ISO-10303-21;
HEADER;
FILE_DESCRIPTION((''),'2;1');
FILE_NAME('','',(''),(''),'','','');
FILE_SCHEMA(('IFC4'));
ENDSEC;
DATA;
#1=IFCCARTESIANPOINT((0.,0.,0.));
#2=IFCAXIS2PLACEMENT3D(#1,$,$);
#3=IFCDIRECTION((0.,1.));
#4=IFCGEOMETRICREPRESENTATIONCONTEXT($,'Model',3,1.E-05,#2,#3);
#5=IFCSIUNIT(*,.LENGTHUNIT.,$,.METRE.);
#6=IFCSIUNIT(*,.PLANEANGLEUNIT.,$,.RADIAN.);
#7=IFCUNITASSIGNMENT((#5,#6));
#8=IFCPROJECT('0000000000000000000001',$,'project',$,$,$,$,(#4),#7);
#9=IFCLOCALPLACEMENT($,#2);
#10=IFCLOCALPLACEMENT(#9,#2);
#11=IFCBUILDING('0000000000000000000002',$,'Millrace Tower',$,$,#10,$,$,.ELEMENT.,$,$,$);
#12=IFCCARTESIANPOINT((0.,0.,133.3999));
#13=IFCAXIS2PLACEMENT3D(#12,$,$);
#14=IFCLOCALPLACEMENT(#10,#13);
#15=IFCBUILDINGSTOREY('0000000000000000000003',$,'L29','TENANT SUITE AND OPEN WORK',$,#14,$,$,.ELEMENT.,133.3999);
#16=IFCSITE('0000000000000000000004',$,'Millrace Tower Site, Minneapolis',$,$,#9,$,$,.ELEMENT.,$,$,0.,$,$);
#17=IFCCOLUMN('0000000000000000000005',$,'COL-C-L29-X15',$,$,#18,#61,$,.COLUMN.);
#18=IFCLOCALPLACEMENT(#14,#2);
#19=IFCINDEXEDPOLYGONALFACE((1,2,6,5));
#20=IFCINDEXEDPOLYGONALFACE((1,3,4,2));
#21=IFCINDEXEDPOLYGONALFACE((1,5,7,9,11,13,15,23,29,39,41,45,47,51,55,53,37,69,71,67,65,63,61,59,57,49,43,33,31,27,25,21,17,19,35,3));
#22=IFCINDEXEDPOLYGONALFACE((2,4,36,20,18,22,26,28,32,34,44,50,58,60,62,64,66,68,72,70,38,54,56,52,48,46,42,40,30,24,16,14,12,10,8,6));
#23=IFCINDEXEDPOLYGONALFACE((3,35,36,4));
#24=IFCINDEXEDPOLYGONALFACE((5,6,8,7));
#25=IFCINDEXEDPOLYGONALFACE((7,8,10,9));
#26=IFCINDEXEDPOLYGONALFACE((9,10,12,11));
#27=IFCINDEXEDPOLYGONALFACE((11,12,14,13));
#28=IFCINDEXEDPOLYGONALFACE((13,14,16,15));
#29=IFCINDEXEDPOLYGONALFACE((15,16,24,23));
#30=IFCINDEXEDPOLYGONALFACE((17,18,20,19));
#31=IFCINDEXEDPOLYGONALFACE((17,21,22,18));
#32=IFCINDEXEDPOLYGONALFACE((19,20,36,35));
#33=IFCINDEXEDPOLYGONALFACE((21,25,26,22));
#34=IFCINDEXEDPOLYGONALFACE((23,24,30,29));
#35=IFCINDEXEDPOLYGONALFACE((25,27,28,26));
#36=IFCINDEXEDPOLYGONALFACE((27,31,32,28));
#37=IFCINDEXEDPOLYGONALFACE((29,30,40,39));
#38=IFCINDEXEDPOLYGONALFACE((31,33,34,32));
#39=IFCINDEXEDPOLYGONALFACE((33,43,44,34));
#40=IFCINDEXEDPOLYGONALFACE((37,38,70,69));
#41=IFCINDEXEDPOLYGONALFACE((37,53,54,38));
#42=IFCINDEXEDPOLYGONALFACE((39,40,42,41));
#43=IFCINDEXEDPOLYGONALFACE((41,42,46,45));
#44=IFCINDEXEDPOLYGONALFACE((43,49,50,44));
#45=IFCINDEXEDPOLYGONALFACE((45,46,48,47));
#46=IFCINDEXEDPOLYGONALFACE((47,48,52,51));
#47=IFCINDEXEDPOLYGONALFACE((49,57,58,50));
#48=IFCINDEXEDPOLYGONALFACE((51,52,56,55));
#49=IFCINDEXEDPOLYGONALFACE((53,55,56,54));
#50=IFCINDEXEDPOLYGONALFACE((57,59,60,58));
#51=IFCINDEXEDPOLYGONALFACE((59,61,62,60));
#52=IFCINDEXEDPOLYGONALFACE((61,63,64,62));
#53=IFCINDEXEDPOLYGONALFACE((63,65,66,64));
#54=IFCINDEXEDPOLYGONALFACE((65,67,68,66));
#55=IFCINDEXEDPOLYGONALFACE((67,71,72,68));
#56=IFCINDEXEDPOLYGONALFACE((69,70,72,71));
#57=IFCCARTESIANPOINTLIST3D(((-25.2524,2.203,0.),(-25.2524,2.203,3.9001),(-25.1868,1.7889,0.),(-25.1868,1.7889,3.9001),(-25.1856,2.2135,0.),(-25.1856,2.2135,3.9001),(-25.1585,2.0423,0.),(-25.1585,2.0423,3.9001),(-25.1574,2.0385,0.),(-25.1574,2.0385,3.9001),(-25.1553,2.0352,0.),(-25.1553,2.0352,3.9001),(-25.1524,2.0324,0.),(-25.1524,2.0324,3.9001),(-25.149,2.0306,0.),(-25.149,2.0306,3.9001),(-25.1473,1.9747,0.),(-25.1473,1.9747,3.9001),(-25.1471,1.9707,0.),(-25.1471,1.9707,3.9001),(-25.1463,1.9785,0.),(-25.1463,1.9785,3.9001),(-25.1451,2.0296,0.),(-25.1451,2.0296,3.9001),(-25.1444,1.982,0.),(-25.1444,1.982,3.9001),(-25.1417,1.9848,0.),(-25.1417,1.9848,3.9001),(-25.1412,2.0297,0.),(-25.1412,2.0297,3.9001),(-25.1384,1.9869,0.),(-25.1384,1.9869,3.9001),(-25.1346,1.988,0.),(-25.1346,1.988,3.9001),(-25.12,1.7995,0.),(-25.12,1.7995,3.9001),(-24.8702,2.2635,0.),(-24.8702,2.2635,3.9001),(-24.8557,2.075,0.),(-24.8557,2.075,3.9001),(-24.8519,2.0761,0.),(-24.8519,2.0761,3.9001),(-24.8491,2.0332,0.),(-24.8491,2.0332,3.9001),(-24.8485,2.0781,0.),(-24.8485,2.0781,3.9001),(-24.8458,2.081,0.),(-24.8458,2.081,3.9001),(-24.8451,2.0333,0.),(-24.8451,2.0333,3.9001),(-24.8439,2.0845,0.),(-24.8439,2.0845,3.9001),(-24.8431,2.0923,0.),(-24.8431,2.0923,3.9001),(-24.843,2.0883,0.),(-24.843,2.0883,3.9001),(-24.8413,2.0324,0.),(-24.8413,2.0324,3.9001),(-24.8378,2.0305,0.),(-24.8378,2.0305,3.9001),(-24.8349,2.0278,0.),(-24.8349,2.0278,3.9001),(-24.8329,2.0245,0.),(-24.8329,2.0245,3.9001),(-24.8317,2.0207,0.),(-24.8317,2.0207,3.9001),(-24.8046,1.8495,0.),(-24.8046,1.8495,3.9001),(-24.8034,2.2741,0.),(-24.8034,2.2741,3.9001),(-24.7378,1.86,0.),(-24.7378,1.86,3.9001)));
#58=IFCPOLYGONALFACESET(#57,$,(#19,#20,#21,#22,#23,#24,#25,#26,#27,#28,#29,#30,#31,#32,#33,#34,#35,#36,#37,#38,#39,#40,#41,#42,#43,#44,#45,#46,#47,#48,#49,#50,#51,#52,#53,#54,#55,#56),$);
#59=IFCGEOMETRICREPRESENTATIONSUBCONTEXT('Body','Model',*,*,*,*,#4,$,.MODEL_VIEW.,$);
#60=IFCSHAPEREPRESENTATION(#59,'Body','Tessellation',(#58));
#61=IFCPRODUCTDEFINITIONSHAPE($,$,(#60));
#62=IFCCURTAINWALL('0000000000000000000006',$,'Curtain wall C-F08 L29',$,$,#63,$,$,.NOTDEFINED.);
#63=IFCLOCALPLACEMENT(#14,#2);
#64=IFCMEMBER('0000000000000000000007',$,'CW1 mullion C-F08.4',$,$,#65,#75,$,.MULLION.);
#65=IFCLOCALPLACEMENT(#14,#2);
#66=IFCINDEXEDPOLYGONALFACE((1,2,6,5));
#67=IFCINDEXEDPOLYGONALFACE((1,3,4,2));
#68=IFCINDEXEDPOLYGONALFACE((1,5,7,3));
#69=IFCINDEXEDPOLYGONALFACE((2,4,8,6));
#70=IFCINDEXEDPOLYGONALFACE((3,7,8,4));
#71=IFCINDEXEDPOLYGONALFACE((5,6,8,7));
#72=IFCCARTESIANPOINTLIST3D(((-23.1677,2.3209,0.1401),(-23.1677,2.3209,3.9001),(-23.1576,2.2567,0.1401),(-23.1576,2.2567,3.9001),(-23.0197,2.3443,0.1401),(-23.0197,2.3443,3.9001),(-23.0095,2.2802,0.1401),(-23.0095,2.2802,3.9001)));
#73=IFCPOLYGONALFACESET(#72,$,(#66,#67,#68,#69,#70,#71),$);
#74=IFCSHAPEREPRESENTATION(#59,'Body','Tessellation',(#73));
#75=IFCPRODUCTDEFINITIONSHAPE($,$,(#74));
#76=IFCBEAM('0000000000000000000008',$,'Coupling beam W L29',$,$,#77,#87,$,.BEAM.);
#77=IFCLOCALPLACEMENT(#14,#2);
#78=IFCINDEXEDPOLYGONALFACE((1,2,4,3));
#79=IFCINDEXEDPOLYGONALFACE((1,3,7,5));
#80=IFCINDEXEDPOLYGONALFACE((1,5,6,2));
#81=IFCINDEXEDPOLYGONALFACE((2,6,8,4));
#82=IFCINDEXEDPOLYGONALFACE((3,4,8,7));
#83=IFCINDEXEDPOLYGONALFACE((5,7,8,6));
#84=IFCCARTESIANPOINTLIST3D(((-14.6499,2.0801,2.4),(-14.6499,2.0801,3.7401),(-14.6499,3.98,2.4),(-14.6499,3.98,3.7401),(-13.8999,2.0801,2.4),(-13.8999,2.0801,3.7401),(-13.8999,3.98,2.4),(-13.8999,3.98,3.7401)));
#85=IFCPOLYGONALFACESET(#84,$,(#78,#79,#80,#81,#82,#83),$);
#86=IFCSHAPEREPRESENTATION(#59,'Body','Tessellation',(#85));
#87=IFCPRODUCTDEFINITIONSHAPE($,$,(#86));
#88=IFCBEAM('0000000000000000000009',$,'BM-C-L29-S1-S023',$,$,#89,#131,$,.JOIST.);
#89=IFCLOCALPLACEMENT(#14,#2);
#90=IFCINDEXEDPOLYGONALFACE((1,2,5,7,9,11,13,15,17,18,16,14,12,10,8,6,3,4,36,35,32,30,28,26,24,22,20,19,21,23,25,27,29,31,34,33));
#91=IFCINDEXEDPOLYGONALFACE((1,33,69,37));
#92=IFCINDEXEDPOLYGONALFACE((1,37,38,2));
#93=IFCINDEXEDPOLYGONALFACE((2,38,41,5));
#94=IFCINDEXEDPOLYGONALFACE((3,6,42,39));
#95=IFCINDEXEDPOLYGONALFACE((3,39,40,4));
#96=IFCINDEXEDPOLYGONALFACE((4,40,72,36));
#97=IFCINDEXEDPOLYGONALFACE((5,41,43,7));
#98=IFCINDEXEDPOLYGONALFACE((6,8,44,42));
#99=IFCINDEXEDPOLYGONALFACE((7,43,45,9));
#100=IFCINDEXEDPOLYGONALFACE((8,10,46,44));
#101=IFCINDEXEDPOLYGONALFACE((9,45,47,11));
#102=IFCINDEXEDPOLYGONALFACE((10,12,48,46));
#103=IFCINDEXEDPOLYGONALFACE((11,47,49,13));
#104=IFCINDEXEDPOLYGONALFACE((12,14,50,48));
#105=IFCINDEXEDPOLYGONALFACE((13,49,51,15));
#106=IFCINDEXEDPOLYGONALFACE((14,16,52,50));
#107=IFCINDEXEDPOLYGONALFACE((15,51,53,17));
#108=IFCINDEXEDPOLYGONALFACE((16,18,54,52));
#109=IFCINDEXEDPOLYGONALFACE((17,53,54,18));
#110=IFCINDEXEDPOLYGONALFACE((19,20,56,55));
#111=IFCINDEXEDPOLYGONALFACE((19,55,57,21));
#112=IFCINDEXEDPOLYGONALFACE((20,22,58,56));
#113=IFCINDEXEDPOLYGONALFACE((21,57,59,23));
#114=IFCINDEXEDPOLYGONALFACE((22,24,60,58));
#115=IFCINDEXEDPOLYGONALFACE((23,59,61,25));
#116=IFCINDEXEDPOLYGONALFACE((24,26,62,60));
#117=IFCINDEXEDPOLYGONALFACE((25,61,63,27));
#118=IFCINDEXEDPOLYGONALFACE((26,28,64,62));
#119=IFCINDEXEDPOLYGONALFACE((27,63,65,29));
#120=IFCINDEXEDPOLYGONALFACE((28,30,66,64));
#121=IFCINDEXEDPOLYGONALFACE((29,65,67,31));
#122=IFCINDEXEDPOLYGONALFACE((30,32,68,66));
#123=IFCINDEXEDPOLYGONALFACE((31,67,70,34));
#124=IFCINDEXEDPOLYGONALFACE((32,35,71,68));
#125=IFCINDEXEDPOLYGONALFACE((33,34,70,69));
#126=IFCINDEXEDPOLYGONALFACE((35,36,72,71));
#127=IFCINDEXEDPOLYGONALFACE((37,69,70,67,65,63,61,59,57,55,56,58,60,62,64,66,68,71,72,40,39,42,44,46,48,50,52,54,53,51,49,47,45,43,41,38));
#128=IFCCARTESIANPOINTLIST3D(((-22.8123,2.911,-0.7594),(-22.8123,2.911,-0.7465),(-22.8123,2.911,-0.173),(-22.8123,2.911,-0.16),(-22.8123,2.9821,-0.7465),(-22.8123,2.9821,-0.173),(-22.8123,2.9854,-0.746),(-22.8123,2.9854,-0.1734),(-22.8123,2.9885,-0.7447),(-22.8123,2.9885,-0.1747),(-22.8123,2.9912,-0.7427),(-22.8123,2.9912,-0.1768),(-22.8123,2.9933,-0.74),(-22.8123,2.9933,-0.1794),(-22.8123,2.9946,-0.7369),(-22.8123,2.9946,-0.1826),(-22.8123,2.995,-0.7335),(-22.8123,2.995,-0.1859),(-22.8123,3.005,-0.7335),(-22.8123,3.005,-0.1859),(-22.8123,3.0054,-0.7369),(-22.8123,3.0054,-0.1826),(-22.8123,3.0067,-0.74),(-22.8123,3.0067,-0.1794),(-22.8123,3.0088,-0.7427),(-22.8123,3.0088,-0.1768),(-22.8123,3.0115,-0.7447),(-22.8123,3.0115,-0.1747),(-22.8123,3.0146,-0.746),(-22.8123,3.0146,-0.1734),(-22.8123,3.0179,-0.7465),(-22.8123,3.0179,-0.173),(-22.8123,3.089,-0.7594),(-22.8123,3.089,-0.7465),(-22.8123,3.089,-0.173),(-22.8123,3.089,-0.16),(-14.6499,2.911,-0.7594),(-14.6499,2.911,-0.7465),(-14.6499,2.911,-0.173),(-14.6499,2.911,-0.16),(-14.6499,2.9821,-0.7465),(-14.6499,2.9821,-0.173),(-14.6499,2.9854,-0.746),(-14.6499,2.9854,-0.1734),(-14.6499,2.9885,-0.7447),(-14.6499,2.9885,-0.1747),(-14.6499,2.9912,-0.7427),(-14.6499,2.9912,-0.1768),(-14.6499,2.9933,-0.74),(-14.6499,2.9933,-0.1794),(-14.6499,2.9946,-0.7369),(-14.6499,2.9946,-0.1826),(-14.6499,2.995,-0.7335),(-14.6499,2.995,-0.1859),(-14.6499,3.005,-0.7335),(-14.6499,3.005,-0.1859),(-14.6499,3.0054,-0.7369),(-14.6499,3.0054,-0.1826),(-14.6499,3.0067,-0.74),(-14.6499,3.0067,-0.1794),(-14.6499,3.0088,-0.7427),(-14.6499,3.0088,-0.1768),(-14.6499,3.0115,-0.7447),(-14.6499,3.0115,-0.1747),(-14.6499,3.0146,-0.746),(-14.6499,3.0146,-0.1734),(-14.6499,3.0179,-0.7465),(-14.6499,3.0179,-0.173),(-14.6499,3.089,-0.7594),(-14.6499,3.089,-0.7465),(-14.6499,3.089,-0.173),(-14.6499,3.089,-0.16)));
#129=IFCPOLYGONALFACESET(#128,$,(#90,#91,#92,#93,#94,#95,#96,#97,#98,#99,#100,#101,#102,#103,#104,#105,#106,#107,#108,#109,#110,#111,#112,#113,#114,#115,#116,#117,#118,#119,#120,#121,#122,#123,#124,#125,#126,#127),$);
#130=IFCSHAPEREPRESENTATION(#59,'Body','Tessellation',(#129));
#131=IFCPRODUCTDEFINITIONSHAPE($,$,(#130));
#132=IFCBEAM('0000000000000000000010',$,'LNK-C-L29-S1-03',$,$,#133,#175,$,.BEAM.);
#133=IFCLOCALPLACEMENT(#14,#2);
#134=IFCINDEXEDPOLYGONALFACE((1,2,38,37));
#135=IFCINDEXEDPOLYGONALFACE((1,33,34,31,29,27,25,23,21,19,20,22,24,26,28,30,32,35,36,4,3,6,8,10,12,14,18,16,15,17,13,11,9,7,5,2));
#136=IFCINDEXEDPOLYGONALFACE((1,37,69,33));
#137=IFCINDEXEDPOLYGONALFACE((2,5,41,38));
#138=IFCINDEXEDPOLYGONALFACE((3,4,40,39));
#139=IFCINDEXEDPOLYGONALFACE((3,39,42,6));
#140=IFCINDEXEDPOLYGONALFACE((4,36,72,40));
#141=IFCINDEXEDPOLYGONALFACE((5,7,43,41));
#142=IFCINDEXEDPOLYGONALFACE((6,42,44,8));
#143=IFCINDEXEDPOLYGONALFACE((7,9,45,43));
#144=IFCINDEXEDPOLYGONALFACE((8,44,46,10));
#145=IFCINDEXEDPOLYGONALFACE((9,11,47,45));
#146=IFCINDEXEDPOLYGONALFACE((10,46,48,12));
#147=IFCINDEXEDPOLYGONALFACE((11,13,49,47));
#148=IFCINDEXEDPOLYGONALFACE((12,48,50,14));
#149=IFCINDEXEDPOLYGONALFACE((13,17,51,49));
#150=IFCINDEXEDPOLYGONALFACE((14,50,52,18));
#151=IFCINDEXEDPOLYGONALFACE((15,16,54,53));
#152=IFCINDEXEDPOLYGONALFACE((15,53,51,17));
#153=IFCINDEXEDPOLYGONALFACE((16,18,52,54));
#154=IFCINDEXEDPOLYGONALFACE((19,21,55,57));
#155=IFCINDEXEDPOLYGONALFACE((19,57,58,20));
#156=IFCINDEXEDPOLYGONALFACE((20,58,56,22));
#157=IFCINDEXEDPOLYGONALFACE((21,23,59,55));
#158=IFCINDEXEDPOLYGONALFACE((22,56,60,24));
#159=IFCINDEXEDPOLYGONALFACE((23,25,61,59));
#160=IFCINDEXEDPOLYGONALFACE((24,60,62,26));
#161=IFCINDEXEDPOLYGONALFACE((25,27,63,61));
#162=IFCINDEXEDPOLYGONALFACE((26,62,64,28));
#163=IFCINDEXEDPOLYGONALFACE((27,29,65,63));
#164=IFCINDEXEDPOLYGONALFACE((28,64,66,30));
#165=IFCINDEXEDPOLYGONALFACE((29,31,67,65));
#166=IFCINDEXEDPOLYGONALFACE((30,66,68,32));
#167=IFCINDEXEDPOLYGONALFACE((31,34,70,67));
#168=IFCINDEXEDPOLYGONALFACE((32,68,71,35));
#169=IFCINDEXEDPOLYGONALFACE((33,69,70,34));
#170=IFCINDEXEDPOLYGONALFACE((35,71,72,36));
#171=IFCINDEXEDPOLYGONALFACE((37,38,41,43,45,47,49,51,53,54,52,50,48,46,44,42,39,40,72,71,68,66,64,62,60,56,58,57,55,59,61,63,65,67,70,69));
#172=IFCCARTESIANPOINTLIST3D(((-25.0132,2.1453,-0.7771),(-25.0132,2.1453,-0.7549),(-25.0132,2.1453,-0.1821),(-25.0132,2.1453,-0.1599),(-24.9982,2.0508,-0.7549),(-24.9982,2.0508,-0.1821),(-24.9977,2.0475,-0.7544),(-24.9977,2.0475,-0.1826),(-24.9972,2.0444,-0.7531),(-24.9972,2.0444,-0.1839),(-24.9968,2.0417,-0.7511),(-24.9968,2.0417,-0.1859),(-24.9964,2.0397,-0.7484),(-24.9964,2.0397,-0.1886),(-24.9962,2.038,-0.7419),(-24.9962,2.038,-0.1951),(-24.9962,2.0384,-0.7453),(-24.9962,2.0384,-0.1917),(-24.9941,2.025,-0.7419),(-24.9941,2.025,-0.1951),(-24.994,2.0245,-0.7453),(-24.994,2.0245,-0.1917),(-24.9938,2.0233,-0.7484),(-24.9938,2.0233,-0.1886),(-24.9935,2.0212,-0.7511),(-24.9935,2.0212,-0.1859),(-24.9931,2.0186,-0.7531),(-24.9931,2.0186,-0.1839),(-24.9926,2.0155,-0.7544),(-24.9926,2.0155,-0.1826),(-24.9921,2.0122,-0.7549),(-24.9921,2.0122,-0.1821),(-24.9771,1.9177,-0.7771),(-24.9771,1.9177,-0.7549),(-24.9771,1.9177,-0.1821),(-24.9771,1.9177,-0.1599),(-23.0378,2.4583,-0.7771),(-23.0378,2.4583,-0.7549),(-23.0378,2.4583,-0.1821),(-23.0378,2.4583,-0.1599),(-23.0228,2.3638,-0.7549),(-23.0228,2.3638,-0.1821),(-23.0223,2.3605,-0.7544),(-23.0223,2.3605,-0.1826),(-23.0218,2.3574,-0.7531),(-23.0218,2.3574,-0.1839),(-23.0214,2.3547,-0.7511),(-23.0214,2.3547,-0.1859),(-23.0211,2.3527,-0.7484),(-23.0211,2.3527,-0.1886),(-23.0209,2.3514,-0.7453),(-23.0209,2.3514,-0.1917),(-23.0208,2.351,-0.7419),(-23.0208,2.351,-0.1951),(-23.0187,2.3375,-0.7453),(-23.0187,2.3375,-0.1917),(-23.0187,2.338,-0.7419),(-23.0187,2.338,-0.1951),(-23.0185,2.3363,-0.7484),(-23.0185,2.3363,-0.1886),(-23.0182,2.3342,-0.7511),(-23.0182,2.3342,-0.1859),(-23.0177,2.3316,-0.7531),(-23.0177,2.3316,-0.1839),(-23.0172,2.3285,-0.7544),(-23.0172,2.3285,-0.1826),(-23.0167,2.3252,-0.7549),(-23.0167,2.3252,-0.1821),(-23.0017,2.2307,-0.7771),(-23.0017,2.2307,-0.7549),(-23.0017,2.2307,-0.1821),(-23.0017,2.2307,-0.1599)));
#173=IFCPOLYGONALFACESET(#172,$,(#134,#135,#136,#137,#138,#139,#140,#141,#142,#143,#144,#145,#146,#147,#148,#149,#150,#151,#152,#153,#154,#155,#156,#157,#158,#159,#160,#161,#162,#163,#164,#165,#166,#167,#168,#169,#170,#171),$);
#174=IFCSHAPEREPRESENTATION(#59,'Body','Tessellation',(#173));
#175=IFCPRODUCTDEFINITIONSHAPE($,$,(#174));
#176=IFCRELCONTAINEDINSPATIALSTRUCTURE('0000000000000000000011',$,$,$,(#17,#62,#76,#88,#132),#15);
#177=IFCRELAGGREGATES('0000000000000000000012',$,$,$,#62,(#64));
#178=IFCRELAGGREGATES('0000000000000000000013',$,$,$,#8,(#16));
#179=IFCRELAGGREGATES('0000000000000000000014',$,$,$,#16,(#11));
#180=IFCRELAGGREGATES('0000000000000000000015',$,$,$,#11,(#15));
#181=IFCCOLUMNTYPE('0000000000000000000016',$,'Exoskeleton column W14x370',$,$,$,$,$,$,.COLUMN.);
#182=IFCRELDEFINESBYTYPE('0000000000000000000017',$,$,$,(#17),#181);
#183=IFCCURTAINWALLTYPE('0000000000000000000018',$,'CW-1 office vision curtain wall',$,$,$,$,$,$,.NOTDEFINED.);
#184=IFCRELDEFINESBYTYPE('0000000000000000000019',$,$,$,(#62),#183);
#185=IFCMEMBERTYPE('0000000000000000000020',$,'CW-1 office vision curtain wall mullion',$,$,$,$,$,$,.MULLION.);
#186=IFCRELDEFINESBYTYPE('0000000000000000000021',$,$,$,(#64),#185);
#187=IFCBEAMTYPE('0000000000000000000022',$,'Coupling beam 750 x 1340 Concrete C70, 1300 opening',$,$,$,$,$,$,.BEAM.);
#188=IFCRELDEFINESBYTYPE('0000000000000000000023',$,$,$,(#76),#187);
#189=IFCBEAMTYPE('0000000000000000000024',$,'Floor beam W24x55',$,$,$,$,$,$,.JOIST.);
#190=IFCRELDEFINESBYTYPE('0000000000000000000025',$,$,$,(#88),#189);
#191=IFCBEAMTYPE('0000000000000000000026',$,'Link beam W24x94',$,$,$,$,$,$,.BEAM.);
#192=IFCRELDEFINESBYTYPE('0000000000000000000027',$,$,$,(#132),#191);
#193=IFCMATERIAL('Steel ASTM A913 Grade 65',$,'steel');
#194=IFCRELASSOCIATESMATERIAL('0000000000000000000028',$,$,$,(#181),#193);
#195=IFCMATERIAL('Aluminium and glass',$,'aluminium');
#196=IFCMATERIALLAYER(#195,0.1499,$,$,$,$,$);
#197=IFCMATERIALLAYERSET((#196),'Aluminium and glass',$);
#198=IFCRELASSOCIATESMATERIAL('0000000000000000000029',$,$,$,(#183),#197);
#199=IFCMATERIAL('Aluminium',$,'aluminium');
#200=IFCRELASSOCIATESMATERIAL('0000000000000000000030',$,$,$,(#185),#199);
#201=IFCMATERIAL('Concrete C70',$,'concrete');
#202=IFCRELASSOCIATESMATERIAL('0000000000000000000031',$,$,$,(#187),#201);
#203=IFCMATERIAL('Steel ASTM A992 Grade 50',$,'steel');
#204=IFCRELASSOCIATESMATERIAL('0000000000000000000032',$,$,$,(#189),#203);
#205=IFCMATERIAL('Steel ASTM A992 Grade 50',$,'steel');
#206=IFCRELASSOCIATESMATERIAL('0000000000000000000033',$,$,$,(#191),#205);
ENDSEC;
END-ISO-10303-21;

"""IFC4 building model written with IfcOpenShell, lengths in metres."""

from ifc_helpers import new_model, si_unit, direction, frame, origin, origin_2d, place, context, subcontext, project, spatial, rectangle, i_section, extrude, material, layer, layer_set, material_profile, profile_set, type_object, element, aggregate, save


model = new_model("IFC4")

# Units and contexts
model_context = context("Model", 3, precision=1e-05, world=origin(), true_north=direction((0.0, 1.0)))
body_context = subcontext(model_context, "Body", "Model", "MODEL_VIEW")
ifc_project = project(units=[si_unit("LENGTHUNIT", "METRE"), si_unit("PLANEANGLEUNIT", "RADIAN")], contexts=[model_context])

# Site, building, storey
site_placement = place(None, origin())
site = spatial("IfcSite", under=ifc_project, at=site_placement, Name="Millrace Tower Site, Minneapolis", CompositionType="ELEMENT", RefElevation=0.0)
building_placement = place(site_placement, origin())
building = spatial("IfcBuilding", under=site, at=building_placement, Name="Millrace Tower", CompositionType="ELEMENT")
storey_placement = place(building_placement, frame((0.0, 0.0, 133.3999)))
storey = spatial("IfcBuildingStorey", under=building, at=storey_placement, Name="L29", Description="TENANT SUITE AND OPEN WORK", CompositionType="ELEMENT", Elevation=133.3999)

# Column
ifc_material_1 = material(Name="Steel ASTM A913 Grade 65", Category="steel")
ifc_material_profile_1 = material_profile(ifc_material_1, i_section(OverallWidth=0.4192, OverallDepth=0.4546, WebThickness=0.0422, FlangeThickness=0.0676, FilletRadius=0.0151, at=origin_2d()))
ifc_profile_set_1 = profile_set([ifc_material_profile_1], Name="Steel ASTM A913 Grade 65")
column_type = type_object("IfcColumnType", Name="Exoskeleton column W14x370", PredefinedType="COLUMN", material=ifc_profile_set_1)
column_placement = place(storey_placement, frame((-24.9951, 2.0315, 0.0), z_axis=(0.0, 0.0, 1.0), x_axis=(0.156434, -0.987688, 0.0)))
element("IfcColumn", 1, at=column_placement, inside=storey, type_object=column_type, Name="COL-C-L29-X15", PredefinedType="COLUMN", context=body_context, shape_type="SweptSolid", body=[
    extrude(i_section(OverallWidth=0.4192, OverallDepth=0.4546, WebThickness=0.0422, FlangeThickness=0.0676, FilletRadius=0.0151, at=origin_2d()), origin(), (0.0, 0.0, 1.0), 3.9001),
])

# Curtain wall, member
ifc_material_2 = material(Name="Aluminium and glass", Category="aluminium")
ifc_layer_1 = layer(ifc_material_2, 0.1499)
ifc_layer_set_1 = layer_set([ifc_layer_1], Name="Aluminium and glass")
curtain_wall_type = type_object("IfcCurtainWallType", Name="CW-1 office vision curtain wall", PredefinedType="NOTDEFINED", material=ifc_layer_set_1)
curtain_wall_placement = place(storey_placement, origin())
curtain_wall = element("IfcCurtainWall", 2, at=curtain_wall_placement, inside=storey, type_object=curtain_wall_type, Name="Curtain wall C-F08 L29", PredefinedType="NOTDEFINED")
ifc_material_3 = material(Name="Aluminium", Category="aluminium")
ifc_material_profile_2 = material_profile(ifc_material_3, rectangle(XDim=0.0649, YDim=0.1499, at=origin_2d()))
ifc_profile_set_2 = profile_set([ifc_material_profile_2], Name="Aluminium")
member_type = type_object("IfcMemberType", Name="CW-1 office vision curtain wall mullion", PredefinedType="MULLION", material=ifc_profile_set_2)
member_placement = place(storey_placement, frame((-23.0886, 2.3005, 0.1401), z_axis=(0.0, 0.0, 1.0), x_axis=(0.156434, -0.987688, 0.0)))
member = element("IfcMember", 3, at=member_placement, type_object=member_type, Name="CW1 mullion C-F08.4", PredefinedType="MULLION", context=body_context, shape_type="SweptSolid", body=[
    extrude(rectangle(XDim=0.0649, YDim=0.1499, at=origin_2d()), origin(), (0.0, 0.0, 1.0), 3.76),
])
aggregate(curtain_wall, [member])

# Beams
ifc_material_4 = material(Name="Concrete C70", Category="concrete")
ifc_material_profile_3 = material_profile(ifc_material_4, rectangle(XDim=0.75, YDim=1.3401, at=origin_2d()))
ifc_profile_set_3 = profile_set([ifc_material_profile_3], Name="Concrete C70")
beam_type_1 = type_object("IfcBeamType", Name="Coupling beam 750 x 1340 Concrete C70, 1300 opening", PredefinedType="BEAM", material=ifc_profile_set_3)
beam_1_placement = place(storey_placement, frame((-14.2749, 2.0801, 3.0701), z_axis=(0.0, 1.0, 0.0), x_axis=(-1.0, 0.0, 0.0)))
element("IfcBeam", 4, at=beam_1_placement, inside=storey, type_object=beam_type_1, Name="Coupling beam W L29", PredefinedType="BEAM", context=body_context, shape_type="SweptSolid", body=[
    extrude(rectangle(XDim=0.75, YDim=1.3401, at=origin_2d()), origin(), (0.0, 0.0, 1.0), 1.8999),
])
ifc_material_5 = material(Name="Steel ASTM A992 Grade 50", Category="steel")
ifc_material_profile_4 = material_profile(ifc_material_5, i_section(OverallWidth=0.178, OverallDepth=0.5994, WebThickness=0.01, FlangeThickness=0.0129, FilletRadius=0.0129, at=origin_2d()))
ifc_profile_set_4 = profile_set([ifc_material_profile_4], Name="Steel ASTM A992 Grade 50")
beam_type_2 = type_object("IfcBeamType", Name="Floor beam W24x55", PredefinedType="JOIST", material=ifc_profile_set_4)
beam_2_placement = place(storey_placement, frame((-22.8123, 3.0, -0.4597), z_axis=(1.0, 0.0, 0.0), x_axis=(0.0, 1.0, 0.0)))
element("IfcBeam", 5, at=beam_2_placement, inside=storey, type_object=beam_type_2, Name="BM-C-L29-S1-S023", PredefinedType="JOIST", context=body_context, shape_type="SweptSolid", body=[
    extrude(i_section(OverallWidth=0.178, OverallDepth=0.5994, WebThickness=0.01, FlangeThickness=0.0129, FilletRadius=0.0129, at=origin_2d()), origin(), (0.0, 0.0, 1.0), 8.1624),
])
ifc_material_6 = material(Name="Steel ASTM A992 Grade 50", Category="steel")
ifc_material_profile_5 = material_profile(ifc_material_6, i_section(OverallWidth=0.2305, OverallDepth=0.6172, WebThickness=0.0132, FlangeThickness=0.0222, FilletRadius=0.0129, at=origin_2d()))
ifc_profile_set_5 = profile_set([ifc_material_profile_5], Name="Steel ASTM A992 Grade 50")
beam_type_3 = type_object("IfcBeamType", Name="Link beam W24x94", PredefinedType="BEAM", material=ifc_profile_set_5)
beam_3_placement = place(storey_placement, frame((-23.0198, 2.3445, -0.4685), z_axis=(-0.987679, -0.156495, 0.0), x_axis=(0.156495, -0.987679, 0.0)))
element("IfcBeam", 6, at=beam_3_placement, inside=storey, type_object=beam_type_3, Name="LNK-C-L29-S1-03", PredefinedType="BEAM", context=body_context, shape_type="SweptSolid", body=[
    extrude(i_section(OverallWidth=0.2305, OverallDepth=0.6172, WebThickness=0.0132, FlangeThickness=0.0222, FilletRadius=0.0129, at=origin_2d()), origin(), (0.0, 0.0, 1.0), 2.0),
])

save(model, "model.ifc")
